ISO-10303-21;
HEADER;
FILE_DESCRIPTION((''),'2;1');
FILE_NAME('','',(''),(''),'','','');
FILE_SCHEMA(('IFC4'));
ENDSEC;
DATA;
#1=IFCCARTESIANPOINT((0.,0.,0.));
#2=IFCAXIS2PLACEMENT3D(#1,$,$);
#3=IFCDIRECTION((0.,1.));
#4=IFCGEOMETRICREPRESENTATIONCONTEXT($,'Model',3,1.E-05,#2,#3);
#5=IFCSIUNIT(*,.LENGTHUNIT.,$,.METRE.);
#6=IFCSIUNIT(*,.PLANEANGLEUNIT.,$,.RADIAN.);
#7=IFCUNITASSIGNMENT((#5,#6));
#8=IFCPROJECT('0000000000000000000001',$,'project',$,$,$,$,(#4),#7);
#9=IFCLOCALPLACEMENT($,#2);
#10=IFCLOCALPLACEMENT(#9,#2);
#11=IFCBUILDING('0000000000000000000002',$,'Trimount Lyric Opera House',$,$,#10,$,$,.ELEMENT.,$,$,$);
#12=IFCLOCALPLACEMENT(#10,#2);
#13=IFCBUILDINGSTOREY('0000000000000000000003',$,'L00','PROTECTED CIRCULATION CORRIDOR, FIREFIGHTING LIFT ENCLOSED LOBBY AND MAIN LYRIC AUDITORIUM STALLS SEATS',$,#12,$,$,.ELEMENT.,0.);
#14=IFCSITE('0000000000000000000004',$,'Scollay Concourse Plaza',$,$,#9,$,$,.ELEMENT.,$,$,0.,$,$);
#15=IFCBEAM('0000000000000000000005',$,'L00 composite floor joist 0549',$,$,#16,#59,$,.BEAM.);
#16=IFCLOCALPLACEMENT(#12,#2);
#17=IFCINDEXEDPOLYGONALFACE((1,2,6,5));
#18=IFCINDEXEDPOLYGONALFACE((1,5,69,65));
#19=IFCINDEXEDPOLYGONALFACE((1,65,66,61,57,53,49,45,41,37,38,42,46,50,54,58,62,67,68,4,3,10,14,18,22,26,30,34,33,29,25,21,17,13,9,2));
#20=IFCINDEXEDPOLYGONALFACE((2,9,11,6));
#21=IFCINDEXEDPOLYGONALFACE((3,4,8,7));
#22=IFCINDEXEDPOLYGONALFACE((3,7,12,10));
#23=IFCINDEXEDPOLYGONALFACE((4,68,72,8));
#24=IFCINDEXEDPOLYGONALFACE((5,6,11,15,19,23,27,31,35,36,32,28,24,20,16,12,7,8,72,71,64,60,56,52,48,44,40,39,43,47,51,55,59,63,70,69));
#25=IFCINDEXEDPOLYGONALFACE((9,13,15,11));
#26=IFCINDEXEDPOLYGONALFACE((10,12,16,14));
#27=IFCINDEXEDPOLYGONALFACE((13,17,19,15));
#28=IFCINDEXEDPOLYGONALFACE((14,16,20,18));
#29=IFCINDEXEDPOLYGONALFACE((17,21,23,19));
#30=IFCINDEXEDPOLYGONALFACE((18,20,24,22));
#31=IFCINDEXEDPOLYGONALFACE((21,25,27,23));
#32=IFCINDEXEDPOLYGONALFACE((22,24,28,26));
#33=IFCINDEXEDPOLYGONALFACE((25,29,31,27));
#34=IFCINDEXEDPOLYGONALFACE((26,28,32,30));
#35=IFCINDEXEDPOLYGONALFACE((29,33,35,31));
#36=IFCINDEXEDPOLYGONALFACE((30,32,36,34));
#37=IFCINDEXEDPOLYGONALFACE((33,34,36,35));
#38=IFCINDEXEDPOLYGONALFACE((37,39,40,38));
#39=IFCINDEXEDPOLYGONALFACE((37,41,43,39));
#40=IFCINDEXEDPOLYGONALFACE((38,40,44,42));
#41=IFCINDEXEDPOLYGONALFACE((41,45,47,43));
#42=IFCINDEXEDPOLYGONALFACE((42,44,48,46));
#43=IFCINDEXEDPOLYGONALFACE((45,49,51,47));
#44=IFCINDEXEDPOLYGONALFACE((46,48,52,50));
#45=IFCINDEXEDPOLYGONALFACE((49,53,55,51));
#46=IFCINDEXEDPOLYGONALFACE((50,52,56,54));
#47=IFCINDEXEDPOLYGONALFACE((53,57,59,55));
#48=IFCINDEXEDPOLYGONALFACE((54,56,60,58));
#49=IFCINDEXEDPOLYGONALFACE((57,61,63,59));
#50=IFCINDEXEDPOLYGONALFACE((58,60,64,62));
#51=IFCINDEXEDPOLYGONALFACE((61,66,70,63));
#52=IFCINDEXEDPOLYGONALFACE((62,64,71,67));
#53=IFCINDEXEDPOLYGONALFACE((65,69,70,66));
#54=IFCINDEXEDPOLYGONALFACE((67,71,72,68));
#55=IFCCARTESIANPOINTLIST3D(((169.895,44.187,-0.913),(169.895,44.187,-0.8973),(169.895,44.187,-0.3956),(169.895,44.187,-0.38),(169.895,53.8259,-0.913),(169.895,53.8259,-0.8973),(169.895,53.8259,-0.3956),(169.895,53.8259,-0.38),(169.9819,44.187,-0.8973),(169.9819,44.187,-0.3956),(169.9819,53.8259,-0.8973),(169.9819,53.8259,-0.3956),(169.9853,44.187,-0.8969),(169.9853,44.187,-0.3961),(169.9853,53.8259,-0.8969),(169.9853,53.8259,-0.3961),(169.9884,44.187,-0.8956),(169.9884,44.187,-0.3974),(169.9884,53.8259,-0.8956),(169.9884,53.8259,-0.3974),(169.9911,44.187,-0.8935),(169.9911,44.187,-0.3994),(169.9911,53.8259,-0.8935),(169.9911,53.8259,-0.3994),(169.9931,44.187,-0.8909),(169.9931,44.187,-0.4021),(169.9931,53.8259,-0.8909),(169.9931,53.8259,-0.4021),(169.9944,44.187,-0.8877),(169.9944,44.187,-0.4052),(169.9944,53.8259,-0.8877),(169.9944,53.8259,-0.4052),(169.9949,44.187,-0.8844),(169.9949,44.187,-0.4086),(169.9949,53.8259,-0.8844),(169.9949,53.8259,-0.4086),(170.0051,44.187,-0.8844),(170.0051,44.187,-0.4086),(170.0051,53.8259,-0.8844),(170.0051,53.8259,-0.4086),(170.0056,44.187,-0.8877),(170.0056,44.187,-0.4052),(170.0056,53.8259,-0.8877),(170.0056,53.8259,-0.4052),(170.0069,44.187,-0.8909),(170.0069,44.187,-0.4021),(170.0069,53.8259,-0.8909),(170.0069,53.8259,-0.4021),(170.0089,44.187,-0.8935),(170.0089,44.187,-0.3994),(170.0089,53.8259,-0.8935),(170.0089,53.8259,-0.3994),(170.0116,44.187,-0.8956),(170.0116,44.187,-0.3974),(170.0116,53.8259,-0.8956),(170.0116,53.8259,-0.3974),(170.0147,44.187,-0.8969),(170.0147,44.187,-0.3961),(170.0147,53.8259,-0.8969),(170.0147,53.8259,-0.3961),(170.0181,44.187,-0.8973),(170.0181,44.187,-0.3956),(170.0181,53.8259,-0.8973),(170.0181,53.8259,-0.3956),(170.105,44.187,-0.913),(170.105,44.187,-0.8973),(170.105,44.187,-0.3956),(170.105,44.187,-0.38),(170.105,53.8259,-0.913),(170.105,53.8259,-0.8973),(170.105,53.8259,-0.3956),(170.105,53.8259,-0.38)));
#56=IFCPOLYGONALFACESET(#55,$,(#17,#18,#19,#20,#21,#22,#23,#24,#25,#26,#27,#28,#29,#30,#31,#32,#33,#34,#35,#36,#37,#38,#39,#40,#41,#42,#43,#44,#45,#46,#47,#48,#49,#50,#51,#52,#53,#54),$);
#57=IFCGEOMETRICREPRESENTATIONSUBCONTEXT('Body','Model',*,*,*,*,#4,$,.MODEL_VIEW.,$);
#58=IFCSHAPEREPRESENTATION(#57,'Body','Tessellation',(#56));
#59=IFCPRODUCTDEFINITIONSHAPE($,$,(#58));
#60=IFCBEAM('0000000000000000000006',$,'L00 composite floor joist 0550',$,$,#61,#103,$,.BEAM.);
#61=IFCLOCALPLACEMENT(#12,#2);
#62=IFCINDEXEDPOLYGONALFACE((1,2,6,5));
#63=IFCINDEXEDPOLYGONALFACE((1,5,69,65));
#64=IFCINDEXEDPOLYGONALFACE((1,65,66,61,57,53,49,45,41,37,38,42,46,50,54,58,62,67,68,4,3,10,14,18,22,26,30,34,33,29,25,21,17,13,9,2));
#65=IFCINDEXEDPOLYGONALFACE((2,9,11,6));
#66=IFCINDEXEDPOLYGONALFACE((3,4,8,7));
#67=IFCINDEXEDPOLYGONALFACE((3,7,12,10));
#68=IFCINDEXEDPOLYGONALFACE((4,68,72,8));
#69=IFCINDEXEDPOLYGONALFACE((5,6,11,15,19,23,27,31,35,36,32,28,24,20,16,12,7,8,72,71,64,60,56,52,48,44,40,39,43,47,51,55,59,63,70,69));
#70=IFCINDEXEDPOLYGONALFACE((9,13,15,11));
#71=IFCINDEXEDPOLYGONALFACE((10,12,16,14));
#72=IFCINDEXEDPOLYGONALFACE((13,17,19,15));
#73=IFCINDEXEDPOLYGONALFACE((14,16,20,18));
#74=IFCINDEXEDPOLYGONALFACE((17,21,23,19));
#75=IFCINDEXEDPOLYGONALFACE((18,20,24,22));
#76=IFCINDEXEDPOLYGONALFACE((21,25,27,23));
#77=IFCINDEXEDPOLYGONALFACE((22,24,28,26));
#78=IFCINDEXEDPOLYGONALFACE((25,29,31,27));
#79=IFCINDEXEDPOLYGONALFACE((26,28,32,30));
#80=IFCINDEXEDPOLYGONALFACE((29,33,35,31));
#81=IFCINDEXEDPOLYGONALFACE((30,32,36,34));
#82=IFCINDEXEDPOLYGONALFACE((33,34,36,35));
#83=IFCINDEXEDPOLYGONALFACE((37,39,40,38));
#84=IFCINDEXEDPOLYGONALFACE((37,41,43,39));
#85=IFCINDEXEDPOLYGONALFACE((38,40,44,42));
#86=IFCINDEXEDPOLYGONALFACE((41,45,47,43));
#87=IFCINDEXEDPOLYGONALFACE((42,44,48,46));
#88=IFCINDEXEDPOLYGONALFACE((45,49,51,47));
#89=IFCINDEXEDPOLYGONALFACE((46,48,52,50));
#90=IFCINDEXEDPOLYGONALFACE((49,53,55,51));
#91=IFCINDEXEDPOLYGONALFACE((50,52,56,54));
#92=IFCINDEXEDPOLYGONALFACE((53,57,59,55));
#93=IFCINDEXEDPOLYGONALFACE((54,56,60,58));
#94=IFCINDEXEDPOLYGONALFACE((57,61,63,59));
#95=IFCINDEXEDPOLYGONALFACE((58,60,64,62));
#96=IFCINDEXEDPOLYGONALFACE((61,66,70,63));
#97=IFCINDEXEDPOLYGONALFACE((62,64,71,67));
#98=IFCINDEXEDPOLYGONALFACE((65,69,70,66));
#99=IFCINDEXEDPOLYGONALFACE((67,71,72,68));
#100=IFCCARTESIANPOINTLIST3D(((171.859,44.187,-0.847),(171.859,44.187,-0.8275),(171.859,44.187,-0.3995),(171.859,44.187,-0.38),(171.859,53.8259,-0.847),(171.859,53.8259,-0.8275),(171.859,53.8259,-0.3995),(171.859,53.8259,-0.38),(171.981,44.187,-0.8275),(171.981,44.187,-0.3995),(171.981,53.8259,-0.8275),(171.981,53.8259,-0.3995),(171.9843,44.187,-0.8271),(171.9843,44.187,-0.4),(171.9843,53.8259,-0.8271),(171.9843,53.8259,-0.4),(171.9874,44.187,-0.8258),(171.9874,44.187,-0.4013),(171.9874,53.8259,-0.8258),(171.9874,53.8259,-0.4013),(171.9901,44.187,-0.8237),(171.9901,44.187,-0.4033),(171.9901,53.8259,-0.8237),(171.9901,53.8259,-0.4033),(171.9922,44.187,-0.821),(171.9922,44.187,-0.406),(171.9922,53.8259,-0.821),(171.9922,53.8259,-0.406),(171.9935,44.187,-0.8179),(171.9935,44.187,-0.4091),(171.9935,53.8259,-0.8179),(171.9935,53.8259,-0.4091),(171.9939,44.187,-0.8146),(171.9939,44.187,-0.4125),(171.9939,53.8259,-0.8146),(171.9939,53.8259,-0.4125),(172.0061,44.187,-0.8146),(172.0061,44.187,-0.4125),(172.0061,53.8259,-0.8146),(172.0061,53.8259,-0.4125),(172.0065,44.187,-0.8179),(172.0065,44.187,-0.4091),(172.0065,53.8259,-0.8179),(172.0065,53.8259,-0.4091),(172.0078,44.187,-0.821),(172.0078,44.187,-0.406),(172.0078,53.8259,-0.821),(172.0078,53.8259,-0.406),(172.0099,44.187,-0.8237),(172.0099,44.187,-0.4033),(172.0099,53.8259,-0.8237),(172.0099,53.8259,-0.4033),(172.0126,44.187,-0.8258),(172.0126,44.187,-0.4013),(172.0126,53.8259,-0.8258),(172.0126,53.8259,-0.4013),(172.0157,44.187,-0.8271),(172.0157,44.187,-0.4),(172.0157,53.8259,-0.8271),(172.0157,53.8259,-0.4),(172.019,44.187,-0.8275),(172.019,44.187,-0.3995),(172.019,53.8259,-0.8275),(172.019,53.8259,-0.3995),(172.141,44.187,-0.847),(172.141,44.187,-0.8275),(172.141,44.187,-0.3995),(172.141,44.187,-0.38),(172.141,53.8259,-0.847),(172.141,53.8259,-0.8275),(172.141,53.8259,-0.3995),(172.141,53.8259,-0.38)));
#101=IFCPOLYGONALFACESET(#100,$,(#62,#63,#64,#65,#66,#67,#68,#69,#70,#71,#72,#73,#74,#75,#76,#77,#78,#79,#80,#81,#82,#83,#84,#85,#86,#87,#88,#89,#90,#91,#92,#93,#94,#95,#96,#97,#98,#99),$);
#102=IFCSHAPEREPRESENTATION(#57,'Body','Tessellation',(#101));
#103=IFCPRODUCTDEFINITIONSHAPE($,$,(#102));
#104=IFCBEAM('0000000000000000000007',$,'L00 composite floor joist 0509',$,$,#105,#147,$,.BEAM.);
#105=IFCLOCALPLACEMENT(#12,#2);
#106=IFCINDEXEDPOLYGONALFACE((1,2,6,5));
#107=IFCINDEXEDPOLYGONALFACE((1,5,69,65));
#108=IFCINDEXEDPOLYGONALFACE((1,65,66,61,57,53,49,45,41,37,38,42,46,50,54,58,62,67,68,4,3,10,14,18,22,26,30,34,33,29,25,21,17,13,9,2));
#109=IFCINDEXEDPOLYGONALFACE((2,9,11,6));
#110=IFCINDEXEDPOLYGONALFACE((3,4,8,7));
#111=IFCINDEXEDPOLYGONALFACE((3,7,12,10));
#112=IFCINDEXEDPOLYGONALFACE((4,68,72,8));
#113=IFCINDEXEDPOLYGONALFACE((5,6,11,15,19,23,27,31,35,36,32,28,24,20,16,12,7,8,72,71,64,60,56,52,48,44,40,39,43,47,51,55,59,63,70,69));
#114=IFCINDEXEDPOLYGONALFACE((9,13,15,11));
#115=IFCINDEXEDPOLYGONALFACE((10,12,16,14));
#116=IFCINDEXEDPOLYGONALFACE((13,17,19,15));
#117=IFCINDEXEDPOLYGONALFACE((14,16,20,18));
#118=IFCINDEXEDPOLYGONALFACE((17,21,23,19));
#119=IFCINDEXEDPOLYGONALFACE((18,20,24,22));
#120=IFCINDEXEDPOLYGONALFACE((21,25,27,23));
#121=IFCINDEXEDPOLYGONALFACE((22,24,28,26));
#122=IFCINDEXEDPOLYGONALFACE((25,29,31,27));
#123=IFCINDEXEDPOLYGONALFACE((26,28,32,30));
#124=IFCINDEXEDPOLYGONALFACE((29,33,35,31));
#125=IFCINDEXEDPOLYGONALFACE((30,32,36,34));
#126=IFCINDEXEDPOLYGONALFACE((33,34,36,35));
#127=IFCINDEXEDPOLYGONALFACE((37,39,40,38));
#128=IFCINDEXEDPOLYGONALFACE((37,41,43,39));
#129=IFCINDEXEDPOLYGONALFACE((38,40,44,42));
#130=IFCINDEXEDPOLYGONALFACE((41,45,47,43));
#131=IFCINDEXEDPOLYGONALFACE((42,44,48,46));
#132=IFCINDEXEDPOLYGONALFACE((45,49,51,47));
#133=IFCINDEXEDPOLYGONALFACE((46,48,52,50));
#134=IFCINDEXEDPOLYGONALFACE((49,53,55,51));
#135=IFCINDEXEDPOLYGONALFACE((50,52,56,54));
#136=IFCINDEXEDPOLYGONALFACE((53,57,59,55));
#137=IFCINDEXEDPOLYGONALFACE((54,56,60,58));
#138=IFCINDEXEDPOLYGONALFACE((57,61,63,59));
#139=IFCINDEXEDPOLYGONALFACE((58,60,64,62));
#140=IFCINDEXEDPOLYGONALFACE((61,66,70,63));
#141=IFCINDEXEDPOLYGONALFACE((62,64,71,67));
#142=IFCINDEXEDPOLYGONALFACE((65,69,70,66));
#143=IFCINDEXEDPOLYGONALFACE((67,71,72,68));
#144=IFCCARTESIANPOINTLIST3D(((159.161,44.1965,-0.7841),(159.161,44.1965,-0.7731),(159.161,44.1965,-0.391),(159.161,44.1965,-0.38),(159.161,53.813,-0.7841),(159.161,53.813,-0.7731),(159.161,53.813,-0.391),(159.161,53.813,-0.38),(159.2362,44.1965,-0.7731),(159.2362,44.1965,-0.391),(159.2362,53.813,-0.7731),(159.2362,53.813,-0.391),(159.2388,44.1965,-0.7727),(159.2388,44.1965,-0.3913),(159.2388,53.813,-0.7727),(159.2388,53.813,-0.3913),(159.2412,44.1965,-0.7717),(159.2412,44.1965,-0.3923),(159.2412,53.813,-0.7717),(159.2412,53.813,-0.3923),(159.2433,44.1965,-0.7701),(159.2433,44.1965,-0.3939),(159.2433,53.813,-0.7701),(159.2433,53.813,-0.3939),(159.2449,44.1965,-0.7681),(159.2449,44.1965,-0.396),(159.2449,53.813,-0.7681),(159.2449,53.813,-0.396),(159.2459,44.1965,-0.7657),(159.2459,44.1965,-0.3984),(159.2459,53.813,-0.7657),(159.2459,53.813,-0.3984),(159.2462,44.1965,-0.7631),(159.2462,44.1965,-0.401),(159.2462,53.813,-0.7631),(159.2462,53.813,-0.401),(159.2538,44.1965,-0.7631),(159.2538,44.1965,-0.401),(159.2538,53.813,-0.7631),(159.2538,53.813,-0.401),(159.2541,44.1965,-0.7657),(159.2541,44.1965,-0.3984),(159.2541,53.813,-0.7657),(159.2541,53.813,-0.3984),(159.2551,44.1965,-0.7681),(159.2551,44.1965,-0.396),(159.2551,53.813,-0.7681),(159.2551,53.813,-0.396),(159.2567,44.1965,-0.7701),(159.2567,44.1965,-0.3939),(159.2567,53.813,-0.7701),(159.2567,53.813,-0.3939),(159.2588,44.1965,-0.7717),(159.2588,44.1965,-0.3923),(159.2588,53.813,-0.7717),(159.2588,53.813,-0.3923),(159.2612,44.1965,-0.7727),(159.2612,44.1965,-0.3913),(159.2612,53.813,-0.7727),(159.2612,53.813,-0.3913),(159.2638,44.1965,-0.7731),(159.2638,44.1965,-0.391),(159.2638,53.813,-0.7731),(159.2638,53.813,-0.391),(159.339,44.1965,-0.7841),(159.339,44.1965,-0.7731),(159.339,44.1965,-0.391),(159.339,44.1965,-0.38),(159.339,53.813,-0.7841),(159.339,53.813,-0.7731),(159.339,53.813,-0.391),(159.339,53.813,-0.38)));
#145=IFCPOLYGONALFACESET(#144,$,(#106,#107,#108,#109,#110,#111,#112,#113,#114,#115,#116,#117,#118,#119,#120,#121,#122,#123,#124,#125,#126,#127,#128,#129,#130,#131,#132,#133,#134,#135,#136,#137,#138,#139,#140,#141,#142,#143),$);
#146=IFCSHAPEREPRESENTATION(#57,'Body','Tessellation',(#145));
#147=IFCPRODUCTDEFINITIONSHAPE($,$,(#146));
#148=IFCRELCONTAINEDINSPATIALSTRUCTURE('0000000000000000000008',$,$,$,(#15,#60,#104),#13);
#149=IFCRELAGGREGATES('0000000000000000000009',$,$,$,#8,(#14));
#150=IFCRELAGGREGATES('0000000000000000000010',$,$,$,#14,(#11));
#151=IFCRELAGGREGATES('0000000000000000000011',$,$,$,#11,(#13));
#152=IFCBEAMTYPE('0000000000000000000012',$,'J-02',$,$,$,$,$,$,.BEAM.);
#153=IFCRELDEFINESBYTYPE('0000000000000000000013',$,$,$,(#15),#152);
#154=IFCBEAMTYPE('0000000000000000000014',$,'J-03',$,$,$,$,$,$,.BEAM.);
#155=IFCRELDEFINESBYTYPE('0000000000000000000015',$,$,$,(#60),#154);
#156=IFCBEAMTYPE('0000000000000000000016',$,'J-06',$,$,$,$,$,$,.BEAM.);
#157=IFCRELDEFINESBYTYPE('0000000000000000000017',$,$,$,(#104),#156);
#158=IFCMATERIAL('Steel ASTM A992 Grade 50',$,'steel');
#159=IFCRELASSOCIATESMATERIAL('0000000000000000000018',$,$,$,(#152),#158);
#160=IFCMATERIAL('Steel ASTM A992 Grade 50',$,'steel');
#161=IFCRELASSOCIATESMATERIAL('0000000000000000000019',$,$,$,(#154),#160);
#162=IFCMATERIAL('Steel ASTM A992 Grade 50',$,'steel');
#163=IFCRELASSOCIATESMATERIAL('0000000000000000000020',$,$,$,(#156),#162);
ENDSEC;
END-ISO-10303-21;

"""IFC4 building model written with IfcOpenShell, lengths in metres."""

from ifc_helpers import new_model, si_unit, direction, frame, origin, origin_2d, place, context, subcontext, project, spatial, i_section, extrude, material, material_profile, profile_set, type_object, element, save


model = new_model("IFC4")

# Units and contexts
model_context = context("Model", 3, precision=1e-05, world=origin(), true_north=direction((0.0, 1.0)))
body_context = subcontext(model_context, "Body", "Model", "MODEL_VIEW")
ifc_project = project(units=[si_unit("LENGTHUNIT", "METRE"), si_unit("PLANEANGLEUNIT", "RADIAN")], contexts=[model_context])

# Site, building, storey
site_placement = place(None, origin())
site = spatial("IfcSite", under=ifc_project, at=site_placement, Name="Scollay Concourse Plaza", CompositionType="ELEMENT", RefElevation=0.0)
building_placement = place(site_placement, origin())
building = spatial("IfcBuilding", under=site, at=building_placement, Name="Trimount Lyric Opera House", CompositionType="ELEMENT")
storey_placement = place(building_placement, origin())
storey = spatial("IfcBuildingStorey", under=building, at=storey_placement, Name="L00", Description="PROTECTED CIRCULATION CORRIDOR, FIREFIGHTING LIFT ENCLOSED LOBBY AND MAIN LYRIC AUDITORIUM STALLS SEATS", CompositionType="ELEMENT", Elevation=0.0)

# Beams
ifc_material_1 = material(Name="Steel ASTM A992 Grade 50", Category="steel")
ifc_material_profile_1 = material_profile(ifc_material_1, i_section(OverallWidth=0.21, OverallDepth=0.533, WebThickness=0.0103, FlangeThickness=0.0156, FilletRadius=0.0129, at=origin_2d()), Name="W21X62")
ifc_profile_set_1 = profile_set([ifc_material_profile_1], Name="Steel ASTM A992 Grade 50")
beam_type_1 = type_object("IfcBeamType", Name="J-02", PredefinedType="BEAM", material=ifc_profile_set_1)
beam_1_placement = place(storey_placement, frame((170.0, 44.187, -0.6465), z_axis=(0.0, 1.0, 0.0), x_axis=(-1.0, 0.0, 0.0)))
element("IfcBeam", 1, at=beam_1_placement, inside=storey, type_object=beam_type_1, Name="L00 composite floor joist 0549", PredefinedType="BEAM", context=body_context, shape_type="SweptSolid", body=[
    extrude(i_section(OverallWidth=0.21, OverallDepth=0.533, WebThickness=0.0103, FlangeThickness=0.0156, FilletRadius=0.0129, at=origin_2d()), origin(), (0.0, 0.0, 1.0), 9.6389),
])
ifc_material_2 = material(Name="Steel ASTM A992 Grade 50", Category="steel")
ifc_material_profile_2 = material_profile(ifc_material_2, i_section(OverallWidth=0.282, OverallDepth=0.467, WebThickness=0.0122, FlangeThickness=0.0195, FilletRadius=0.0129, at=origin_2d()), Name="W18X86")
ifc_profile_set_2 = profile_set([ifc_material_profile_2], Name="Steel ASTM A992 Grade 50")
beam_type_2 = type_object("IfcBeamType", Name="J-03", PredefinedType="BEAM", material=ifc_profile_set_2)
beam_2_placement = place(storey_placement, frame((172.0, 44.187, -0.6135), z_axis=(0.0, 1.0, 0.0), x_axis=(-1.0, 0.0, 0.0)))
element("IfcBeam", 2, at=beam_2_placement, inside=storey, type_object=beam_type_2, Name="L00 composite floor joist 0550", PredefinedType="BEAM", context=body_context, shape_type="SweptSolid", body=[
    extrude(i_section(OverallWidth=0.282, OverallDepth=0.467, WebThickness=0.0122, FlangeThickness=0.0195, FilletRadius=0.0129, at=origin_2d()), origin(), (0.0, 0.0, 1.0), 9.6389),
])
ifc_material_3 = material(Name="Steel ASTM A992 Grade 50", Category="steel")
ifc_material_profile_3 = material_profile(ifc_material_3, i_section(OverallWidth=0.178, OverallDepth=0.4041, WebThickness=0.0076, FlangeThickness=0.011, FilletRadius=0.01, at=origin_2d()), Name="W16X36")
ifc_profile_set_3 = profile_set([ifc_material_profile_3], Name="Steel ASTM A992 Grade 50")
beam_type_3 = type_object("IfcBeamType", Name="J-06", PredefinedType="BEAM", material=ifc_profile_set_3)
beam_3_placement = place(storey_placement, frame((159.25, 44.1965, -0.582), z_axis=(0.0, 1.0, 0.0), x_axis=(-1.0, 0.0, 0.0)))
element("IfcBeam", 3, at=beam_3_placement, inside=storey, type_object=beam_type_3, Name="L00 composite floor joist 0509", PredefinedType="BEAM", context=body_context, shape_type="SweptSolid", body=[
    extrude(i_section(OverallWidth=0.178, OverallDepth=0.4041, WebThickness=0.0076, FlangeThickness=0.011, FilletRadius=0.01, at=origin_2d()), origin(), (0.0, 0.0, 1.0), 9.6165),
])

save(model, "model.ifc")
